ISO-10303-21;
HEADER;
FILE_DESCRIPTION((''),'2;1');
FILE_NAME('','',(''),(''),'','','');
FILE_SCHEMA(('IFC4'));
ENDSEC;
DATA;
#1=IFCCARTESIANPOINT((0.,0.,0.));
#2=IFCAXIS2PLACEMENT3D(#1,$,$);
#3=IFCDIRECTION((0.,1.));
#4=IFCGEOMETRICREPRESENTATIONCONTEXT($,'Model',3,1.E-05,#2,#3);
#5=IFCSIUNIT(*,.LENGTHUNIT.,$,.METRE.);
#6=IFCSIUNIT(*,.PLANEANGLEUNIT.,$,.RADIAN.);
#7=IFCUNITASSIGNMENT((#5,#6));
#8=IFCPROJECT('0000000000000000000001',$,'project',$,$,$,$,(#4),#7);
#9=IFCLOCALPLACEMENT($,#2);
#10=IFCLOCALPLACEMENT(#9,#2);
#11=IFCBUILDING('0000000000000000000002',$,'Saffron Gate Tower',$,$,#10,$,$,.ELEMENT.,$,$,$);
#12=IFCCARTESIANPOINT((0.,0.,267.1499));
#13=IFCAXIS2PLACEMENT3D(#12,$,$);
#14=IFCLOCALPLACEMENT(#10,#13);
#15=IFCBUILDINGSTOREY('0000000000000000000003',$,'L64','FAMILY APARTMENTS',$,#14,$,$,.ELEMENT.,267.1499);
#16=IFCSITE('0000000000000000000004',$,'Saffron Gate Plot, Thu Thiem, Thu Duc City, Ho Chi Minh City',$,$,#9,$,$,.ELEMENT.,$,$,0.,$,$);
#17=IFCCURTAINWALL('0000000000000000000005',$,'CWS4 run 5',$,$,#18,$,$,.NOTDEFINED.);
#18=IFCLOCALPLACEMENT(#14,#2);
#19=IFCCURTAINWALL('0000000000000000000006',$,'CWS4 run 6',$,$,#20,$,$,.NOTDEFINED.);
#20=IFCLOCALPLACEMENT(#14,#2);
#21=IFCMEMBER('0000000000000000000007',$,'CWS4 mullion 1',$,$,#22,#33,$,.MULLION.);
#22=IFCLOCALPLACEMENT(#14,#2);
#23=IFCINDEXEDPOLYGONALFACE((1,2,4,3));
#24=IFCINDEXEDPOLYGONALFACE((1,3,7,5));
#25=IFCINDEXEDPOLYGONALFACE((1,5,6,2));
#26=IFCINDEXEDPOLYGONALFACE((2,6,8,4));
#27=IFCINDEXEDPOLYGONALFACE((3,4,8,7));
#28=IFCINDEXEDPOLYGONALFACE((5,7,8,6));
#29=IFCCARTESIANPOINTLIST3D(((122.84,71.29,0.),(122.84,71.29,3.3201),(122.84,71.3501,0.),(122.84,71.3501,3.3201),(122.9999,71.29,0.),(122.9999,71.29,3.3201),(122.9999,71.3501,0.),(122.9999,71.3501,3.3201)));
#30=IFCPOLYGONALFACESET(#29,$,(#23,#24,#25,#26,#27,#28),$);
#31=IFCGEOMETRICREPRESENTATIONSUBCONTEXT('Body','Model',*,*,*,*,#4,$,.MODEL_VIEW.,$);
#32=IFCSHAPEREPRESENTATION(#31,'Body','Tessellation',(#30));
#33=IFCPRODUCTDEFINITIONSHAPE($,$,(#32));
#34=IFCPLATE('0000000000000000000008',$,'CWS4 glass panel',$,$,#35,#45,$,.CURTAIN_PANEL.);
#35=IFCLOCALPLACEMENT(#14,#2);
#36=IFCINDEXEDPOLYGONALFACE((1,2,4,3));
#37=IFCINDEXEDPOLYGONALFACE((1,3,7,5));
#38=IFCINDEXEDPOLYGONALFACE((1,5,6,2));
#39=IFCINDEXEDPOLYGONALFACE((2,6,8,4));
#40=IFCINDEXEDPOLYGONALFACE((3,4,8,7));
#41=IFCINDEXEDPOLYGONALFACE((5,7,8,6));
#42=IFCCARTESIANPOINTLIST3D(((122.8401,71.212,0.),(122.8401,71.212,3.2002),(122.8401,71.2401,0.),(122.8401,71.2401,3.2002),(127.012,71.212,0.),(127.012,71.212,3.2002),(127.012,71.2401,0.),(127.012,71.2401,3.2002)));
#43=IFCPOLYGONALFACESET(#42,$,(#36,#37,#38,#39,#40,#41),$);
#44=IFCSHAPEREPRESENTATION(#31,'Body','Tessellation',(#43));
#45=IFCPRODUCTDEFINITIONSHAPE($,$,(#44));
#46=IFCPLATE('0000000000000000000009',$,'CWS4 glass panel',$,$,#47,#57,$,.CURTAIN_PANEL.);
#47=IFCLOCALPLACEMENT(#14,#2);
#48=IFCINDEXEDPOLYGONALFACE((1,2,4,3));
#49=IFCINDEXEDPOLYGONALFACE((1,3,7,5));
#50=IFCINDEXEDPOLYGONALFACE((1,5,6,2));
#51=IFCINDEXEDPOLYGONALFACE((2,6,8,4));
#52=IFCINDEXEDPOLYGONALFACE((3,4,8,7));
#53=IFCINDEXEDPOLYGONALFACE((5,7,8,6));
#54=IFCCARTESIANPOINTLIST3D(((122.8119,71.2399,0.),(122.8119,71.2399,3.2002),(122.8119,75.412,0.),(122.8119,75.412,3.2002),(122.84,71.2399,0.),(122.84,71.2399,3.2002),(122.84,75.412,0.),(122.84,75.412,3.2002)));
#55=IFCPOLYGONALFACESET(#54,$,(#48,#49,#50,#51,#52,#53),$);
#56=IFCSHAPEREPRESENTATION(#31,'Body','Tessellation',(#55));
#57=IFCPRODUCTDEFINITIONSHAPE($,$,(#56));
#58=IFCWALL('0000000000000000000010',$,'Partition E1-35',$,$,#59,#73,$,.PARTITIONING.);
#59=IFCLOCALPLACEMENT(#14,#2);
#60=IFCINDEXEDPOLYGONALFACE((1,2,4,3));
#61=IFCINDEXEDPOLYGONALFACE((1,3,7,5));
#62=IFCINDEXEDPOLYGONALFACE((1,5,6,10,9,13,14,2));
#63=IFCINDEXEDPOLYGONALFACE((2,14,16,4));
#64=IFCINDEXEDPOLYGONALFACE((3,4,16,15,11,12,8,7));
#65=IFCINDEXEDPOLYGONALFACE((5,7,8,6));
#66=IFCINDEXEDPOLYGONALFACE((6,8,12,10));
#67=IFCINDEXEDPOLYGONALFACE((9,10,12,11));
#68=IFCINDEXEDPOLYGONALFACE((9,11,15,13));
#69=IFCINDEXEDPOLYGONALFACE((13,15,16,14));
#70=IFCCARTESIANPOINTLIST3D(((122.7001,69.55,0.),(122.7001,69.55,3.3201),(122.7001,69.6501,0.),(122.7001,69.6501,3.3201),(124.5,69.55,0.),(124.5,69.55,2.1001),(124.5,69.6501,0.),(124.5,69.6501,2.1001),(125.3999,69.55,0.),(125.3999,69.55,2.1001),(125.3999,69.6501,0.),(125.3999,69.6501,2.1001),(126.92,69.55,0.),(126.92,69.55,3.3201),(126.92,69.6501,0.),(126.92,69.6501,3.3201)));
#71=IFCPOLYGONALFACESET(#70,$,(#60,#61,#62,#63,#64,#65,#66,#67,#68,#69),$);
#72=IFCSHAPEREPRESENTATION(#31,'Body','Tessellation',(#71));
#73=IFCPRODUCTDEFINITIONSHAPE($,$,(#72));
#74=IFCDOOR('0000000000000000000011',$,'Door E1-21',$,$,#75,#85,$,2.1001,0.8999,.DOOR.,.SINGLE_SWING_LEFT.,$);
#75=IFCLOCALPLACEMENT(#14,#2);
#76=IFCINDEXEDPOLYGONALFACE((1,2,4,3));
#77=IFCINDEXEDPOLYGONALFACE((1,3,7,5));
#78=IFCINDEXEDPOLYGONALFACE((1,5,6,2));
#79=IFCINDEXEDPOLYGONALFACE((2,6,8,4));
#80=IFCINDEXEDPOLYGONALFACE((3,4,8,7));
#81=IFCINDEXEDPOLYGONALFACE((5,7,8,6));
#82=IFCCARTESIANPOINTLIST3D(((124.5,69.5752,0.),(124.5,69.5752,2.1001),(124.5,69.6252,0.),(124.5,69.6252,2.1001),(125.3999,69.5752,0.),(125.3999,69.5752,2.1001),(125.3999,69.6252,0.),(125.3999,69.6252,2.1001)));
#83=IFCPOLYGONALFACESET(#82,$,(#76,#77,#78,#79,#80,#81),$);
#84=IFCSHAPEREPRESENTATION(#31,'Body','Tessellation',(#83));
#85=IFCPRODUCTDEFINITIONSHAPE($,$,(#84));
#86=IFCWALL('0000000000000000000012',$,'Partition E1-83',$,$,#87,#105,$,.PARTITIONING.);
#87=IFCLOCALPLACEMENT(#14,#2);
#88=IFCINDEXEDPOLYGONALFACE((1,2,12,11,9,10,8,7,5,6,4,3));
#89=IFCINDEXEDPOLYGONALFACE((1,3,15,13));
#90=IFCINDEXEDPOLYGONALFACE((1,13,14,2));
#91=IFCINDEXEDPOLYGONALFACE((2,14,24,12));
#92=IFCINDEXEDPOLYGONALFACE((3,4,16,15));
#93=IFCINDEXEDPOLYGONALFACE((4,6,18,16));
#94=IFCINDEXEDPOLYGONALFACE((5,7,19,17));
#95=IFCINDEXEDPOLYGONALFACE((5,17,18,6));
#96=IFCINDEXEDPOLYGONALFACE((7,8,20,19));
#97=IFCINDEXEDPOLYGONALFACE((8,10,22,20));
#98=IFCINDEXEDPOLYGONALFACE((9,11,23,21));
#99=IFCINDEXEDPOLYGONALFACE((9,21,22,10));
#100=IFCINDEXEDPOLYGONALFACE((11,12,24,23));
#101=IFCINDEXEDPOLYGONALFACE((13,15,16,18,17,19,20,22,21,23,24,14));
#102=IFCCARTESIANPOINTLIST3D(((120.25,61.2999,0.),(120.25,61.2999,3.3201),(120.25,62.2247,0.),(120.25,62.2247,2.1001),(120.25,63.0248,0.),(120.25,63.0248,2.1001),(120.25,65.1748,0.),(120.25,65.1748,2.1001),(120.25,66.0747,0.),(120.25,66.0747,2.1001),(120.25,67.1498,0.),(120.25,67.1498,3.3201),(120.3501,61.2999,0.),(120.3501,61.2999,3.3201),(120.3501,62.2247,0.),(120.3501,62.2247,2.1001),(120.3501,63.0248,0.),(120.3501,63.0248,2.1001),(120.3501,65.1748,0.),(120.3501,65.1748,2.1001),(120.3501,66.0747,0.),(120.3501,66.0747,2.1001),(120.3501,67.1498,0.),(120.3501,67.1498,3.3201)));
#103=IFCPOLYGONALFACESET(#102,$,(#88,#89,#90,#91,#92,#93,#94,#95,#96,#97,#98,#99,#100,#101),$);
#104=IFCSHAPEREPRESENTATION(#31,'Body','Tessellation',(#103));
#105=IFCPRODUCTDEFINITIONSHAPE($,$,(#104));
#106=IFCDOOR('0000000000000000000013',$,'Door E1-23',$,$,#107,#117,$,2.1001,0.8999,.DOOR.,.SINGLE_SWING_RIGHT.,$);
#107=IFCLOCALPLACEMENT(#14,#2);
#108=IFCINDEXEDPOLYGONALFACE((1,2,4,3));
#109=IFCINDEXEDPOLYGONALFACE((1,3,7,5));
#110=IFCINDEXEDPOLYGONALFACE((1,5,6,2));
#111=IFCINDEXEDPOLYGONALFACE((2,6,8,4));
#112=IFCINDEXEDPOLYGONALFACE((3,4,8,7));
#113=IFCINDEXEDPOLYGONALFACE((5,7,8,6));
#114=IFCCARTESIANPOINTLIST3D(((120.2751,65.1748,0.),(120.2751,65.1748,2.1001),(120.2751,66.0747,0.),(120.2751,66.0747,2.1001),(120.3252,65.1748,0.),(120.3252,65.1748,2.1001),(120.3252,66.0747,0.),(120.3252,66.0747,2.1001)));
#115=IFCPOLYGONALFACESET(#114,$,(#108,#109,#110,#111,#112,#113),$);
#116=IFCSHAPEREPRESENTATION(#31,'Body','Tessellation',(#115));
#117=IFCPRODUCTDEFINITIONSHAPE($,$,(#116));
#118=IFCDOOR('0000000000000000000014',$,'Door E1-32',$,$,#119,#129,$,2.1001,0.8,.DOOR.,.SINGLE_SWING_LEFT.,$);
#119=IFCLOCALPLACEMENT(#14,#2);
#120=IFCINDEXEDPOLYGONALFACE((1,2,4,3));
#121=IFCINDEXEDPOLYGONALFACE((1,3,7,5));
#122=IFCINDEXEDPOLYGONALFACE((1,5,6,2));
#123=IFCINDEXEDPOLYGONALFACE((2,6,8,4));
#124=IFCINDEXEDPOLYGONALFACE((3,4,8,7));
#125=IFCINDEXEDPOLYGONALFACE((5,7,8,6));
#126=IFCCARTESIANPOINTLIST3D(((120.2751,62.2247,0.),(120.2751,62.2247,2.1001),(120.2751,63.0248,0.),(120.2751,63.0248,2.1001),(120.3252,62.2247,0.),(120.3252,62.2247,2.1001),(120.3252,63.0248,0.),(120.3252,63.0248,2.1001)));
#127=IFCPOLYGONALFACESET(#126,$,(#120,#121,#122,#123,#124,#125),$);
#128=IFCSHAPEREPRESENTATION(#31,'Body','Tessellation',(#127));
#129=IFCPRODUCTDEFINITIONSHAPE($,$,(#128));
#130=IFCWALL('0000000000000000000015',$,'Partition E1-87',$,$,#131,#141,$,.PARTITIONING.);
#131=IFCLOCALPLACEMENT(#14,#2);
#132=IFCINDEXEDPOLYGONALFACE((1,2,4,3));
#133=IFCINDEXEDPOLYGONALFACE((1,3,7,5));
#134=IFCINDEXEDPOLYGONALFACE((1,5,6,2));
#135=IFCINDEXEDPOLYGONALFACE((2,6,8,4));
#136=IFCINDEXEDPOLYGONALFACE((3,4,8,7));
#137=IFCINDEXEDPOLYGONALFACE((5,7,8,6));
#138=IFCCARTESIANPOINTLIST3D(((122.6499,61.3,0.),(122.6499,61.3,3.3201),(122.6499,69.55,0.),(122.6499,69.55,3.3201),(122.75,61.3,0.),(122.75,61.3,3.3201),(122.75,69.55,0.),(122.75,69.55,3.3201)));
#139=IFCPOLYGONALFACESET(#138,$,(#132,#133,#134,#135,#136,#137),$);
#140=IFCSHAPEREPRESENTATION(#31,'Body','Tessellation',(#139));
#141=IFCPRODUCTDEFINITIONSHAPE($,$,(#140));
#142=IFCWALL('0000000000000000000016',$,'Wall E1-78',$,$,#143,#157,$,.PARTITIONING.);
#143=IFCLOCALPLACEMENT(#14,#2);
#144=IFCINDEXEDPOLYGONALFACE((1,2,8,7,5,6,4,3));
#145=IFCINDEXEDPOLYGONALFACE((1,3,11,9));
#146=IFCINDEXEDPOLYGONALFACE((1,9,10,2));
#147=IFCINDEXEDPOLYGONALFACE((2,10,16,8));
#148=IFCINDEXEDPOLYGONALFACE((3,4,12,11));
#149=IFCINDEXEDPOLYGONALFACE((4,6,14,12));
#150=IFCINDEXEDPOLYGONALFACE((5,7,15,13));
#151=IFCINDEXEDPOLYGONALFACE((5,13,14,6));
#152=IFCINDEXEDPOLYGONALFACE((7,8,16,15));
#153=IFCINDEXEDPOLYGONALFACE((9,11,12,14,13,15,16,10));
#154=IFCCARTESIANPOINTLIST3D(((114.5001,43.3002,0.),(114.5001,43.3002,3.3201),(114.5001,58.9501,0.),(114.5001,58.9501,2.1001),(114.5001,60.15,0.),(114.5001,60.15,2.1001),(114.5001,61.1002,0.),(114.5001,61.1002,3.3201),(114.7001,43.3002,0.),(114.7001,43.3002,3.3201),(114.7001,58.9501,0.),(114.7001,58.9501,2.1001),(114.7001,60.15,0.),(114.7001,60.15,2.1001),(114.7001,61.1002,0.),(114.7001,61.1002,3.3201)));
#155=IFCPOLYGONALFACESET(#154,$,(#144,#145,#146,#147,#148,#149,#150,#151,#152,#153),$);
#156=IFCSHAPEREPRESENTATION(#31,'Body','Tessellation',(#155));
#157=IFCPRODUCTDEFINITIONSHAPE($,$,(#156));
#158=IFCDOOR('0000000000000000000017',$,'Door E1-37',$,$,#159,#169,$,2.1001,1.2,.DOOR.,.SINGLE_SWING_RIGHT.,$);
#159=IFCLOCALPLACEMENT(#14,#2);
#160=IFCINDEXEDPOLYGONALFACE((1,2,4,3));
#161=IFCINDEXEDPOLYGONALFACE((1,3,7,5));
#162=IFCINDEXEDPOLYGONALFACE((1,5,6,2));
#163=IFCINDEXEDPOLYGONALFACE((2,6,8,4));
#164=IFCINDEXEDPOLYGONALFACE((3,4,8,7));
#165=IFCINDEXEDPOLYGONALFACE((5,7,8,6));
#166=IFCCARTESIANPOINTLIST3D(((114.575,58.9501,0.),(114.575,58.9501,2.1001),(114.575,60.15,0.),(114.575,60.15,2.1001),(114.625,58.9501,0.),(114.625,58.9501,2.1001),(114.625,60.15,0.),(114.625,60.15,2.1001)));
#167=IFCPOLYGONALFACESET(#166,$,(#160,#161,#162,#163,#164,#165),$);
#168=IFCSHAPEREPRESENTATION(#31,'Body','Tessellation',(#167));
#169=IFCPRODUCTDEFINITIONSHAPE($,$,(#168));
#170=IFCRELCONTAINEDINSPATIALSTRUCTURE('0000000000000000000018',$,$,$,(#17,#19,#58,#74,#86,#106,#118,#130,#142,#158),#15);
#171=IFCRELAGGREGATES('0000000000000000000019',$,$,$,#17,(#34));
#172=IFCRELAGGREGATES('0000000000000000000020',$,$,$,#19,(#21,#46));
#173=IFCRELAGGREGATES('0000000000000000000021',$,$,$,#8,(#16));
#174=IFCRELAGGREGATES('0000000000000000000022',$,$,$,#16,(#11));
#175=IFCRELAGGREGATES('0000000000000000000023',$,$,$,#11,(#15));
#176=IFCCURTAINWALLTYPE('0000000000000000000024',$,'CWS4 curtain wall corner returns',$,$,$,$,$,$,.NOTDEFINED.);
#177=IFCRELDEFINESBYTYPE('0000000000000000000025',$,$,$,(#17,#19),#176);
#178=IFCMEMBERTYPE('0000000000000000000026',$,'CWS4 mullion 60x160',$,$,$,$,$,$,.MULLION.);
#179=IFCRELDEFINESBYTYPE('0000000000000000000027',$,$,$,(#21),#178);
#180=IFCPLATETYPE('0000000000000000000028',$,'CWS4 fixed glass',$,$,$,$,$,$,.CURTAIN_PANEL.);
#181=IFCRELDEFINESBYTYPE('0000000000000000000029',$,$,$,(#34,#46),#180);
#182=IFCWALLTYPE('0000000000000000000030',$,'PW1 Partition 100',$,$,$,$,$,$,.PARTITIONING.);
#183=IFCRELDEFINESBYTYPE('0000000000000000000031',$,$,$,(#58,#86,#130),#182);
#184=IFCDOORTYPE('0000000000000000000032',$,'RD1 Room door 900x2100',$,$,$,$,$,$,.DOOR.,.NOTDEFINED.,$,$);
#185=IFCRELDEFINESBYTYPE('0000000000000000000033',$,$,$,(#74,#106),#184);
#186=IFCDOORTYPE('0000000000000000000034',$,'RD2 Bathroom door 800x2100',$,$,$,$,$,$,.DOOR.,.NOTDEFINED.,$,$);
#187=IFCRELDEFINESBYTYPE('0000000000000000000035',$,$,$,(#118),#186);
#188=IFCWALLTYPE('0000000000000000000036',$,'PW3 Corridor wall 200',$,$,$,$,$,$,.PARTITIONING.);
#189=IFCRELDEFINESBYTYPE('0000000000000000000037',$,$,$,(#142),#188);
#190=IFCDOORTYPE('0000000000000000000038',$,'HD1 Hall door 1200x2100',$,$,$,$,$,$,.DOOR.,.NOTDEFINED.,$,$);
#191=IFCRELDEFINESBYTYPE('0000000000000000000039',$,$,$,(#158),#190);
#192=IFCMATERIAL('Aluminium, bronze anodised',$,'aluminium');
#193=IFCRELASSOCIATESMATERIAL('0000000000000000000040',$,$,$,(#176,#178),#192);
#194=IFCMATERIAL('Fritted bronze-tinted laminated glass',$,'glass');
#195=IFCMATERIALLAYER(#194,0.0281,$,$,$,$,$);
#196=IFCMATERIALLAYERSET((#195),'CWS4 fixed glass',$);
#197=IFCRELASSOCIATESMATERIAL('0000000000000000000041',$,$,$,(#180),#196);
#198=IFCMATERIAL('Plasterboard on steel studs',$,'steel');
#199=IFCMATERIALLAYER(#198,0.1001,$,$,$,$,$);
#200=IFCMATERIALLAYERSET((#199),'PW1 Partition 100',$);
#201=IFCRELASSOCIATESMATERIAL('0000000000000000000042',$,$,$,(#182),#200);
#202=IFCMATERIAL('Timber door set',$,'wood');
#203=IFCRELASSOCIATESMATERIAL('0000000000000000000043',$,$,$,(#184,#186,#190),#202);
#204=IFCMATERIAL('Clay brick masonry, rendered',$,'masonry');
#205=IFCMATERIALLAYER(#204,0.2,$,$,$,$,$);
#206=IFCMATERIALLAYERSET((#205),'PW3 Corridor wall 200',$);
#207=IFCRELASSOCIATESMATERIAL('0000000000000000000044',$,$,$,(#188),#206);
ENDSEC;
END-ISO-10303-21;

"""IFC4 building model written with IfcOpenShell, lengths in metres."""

from ifc_helpers import new_model, si_unit, direction, frame, frame_2d, origin, origin_2d, place, context, subcontext, project, spatial, rectangle, extrude, material, layer, layer_set, material_profile, profile_set, type_object, element, fill, aggregate, save


model = new_model("IFC4")

# Units and contexts
model_context = context("Model", 3, precision=1e-05, world=origin(), true_north=direction((0.0, 1.0)))
body_context = subcontext(model_context, "Body", "Model", "MODEL_VIEW")
ifc_project = project(units=[si_unit("LENGTHUNIT", "METRE"), si_unit("PLANEANGLEUNIT", "RADIAN")], contexts=[model_context])

# Site, building, storey
site_placement = place(None, origin())
site = spatial("IfcSite", under=ifc_project, at=site_placement, Name="Saffron Gate Plot, Thu Thiem, Thu Duc City, Ho Chi Minh City", CompositionType="ELEMENT", RefElevation=0.0)
building_placement = place(site_placement, origin())
building = spatial("IfcBuilding", under=site, at=building_placement, Name="Saffron Gate Tower", CompositionType="ELEMENT")
storey_placement = place(building_placement, frame((0.0, 0.0, 267.1499)))
storey = spatial("IfcBuildingStorey", under=building, at=storey_placement, Name="L64", Description="FAMILY APARTMENTS", CompositionType="ELEMENT", Elevation=267.1499)

# Curtain walls
ifc_material_1 = material(Name="Aluminium, bronze anodised", Category="aluminium")
curtain_wall_type_1 = type_object("IfcCurtainWallType", Name="CWS4 curtain wall corner returns", PredefinedType="NOTDEFINED", material=ifc_material_1)
curtain_wall_1_placement = place(storey_placement, origin())
curtain_wall_1 = element("IfcCurtainWall", 1, at=curtain_wall_1_placement, inside=storey, type_object=curtain_wall_type_1, Name="CWS4 run 5", PredefinedType="NOTDEFINED")
curtain_wall_2_placement = place(storey_placement, origin())
curtain_wall_2 = element("IfcCurtainWall", 2, at=curtain_wall_2_placement, inside=storey, type_object=curtain_wall_type_1, Name="CWS4 run 6", PredefinedType="NOTDEFINED")

# Member
ifc_material_profile_1 = material_profile(ifc_material_1, rectangle(XDim=0.1599, YDim=0.0601, at=origin_2d()))
ifc_profile_set_1 = profile_set([ifc_material_profile_1], Name="Aluminium, bronze anodised")
member_type_1 = type_object("IfcMemberType", Name="CWS4 mullion 60x160", PredefinedType="MULLION", material=ifc_profile_set_1)
member_1_placement = place(storey_placement, frame((122.9199, 71.3201, 0.0), z_axis=(0.0, 0.0, 1.0), x_axis=(-1.0, 0.0, 0.0)))
member_1 = element("IfcMember", 3, at=member_1_placement, type_object=member_type_1, Name="CWS4 mullion 1", PredefinedType="MULLION", context=body_context, shape_type="SweptSolid", body=[
    extrude(rectangle(XDim=0.1599, YDim=0.0601, at=origin_2d()), origin(), (0.0, 0.0, 1.0), 3.3201),
])

# Plates
ifc_material_2 = material(Name="Fritted bronze-tinted laminated glass", Category="glass")
ifc_layer_1 = layer(ifc_material_2, 0.0281)
ifc_layer_set_1 = layer_set([ifc_layer_1], Name="CWS4 fixed glass")
plate_type = type_object("IfcPlateType", Name="CWS4 fixed glass", PredefinedType="CURTAIN_PANEL", material=ifc_layer_set_1)
plate_1_placement = place(storey_placement, frame((127.012, 71.2261, 0.0), z_axis=(0.0, 0.0, 1.0), x_axis=(-1.0, 0.0, 0.0)))
plate_1 = element("IfcPlate", 4, at=plate_1_placement, type_object=plate_type, Name="CWS4 glass panel", PredefinedType="CURTAIN_PANEL", context=body_context, shape_type="SweptSolid", body=[
    extrude(rectangle(XDim=4.1719, YDim=0.0281, at=frame_2d((2.0859, 0.0))), origin(), (0.0, 0.0, 1.0), 3.2002),
])
aggregate(curtain_wall_1, [plate_1])
plate_2_placement = place(storey_placement, frame((122.8259, 71.24, 0.0), z_axis=(0.0, 0.0, 1.0), x_axis=(0.0, 1.0, 0.0)))
plate_2 = element("IfcPlate", 5, at=plate_2_placement, type_object=plate_type, Name="CWS4 glass panel", PredefinedType="CURTAIN_PANEL", context=body_context, shape_type="SweptSolid", body=[
    extrude(rectangle(XDim=4.1721, YDim=0.0281, at=frame_2d((2.0859, 0.0))), origin(), (0.0, 0.0, 1.0), 3.2002),
])
aggregate(curtain_wall_2, [member_1, plate_2])

# Wall, opening, door
ifc_material_3 = material(Name="Plasterboard on steel studs", Category="steel")
ifc_layer_2 = layer(ifc_material_3, 0.1001)
ifc_layer_set_2 = layer_set([ifc_layer_2], Name="PW1 Partition 100")
wall_type_1 = type_object("IfcWallType", Name="PW1 Partition 100", PredefinedType="PARTITIONING", material=ifc_layer_set_2)
wall_1_placement = place(storey_placement, frame((126.9199, 69.6001, 0.0), z_axis=(0.0, 0.0, 1.0), x_axis=(-1.0, 0.0, 0.0)))
wall_1 = element("IfcWall", 6, at=wall_1_placement, inside=storey, type_object=wall_type_1, Name="Partition E1-35", PredefinedType="PARTITIONING", context=body_context, shape_type="SweptSolid", body=[
    extrude(rectangle(XDim=4.22, YDim=0.1001, at=frame_2d((2.1099, 0.0))), origin(), (0.0, 0.0, 1.0), 3.3201),
])
opening_1_placement = place(wall_1_placement, frame((1.52, 0.0, 0.0)))
opening_1 = element("IfcOpeningElement", 7, at=opening_1_placement, cuts=wall_1, PredefinedType="OPENING", context=body_context, shape_type="SweptSolid", body=[
    extrude(rectangle(XDim=0.8999, YDim=2.1001, at=frame_2d((0.45, 1.05))), frame((0.0, 0.0601, 0.0), z_axis=(0.0, -1.0, 0.0), x_axis=(1.0, 0.0, 0.0)), (0.0, 0.0, 1.0), 0.1201),
])
ifc_material_4 = material(Name="Timber door set", Category="wood")
door_type_1 = type_object("IfcDoorType", Name="RD1 Room door 900x2100", OperationType="NOTDEFINED", PredefinedType="DOOR", material=ifc_material_4)
door_1_placement = place(opening_1_placement, origin())
door_1 = element("IfcDoor", 8, at=door_1_placement, inside=storey, type_object=door_type_1, Name="Door E1-21", OperationType="SINGLE_SWING_LEFT", OverallHeight=2.1001, OverallWidth=0.8999, PredefinedType="DOOR", context=body_context, shape_type="SweptSolid", body=[
    extrude(rectangle(XDim=0.8999, YDim=2.1001, at=frame_2d((0.45, 1.05))), frame((0.0, 0.0249, 0.0), z_axis=(0.0, -1.0, 0.0), x_axis=(1.0, 0.0, 0.0)), (0.0, 0.0, 1.0), 0.05),
])
fill(opening_1, door_1)

# Wall, openings, doors
wall_2_placement = place(storey_placement, frame((120.3, 61.3, 0.0), z_axis=(0.0, 0.0, 1.0), x_axis=(0.0, 1.0, 0.0)))
wall_2 = element("IfcWall", 9, at=wall_2_placement, inside=storey, type_object=wall_type_1, Name="Partition E1-83", PredefinedType="PARTITIONING", context=body_context, shape_type="SweptSolid", body=[
    extrude(rectangle(XDim=5.8499, YDim=0.1001, at=frame_2d((2.9248, 0.0))), origin(), (0.0, 0.0, 1.0), 3.3201),
])
opening_2_placement = place(wall_2_placement, frame((0.9248, 0.0, 0.0)))
opening_2 = element("IfcOpeningElement", 10, at=opening_2_placement, cuts=wall_2, PredefinedType="OPENING", context=body_context, shape_type="SweptSolid", body=[
    extrude(rectangle(XDim=0.8, YDim=2.1001, at=frame_2d((0.3999, 1.05))), frame((0.0, 0.0601, 0.0), z_axis=(0.0, -1.0, 0.0), x_axis=(1.0, 0.0, 0.0)), (0.0, 0.0, 1.0), 0.1201),
])
opening_3_placement = place(wall_2_placement, frame((3.8748, 0.0, 0.0)))
opening_3 = element("IfcOpeningElement", 11, at=opening_3_placement, cuts=wall_2, PredefinedType="OPENING", context=body_context, shape_type="SweptSolid", body=[
    extrude(rectangle(XDim=0.8999, YDim=2.1001, at=frame_2d((0.45, 1.05))), frame((0.0, 0.0601, 0.0), z_axis=(0.0, -1.0, 0.0), x_axis=(1.0, 0.0, 0.0)), (0.0, 0.0, 1.0), 0.1201),
])
door_2_placement = place(opening_3_placement, origin())
door_2 = element("IfcDoor", 12, at=door_2_placement, inside=storey, type_object=door_type_1, Name="Door E1-23", OperationType="SINGLE_SWING_RIGHT", OverallHeight=2.1001, OverallWidth=0.8999, PredefinedType="DOOR", context=body_context, shape_type="SweptSolid", body=[
    extrude(rectangle(XDim=0.8999, YDim=2.1001, at=frame_2d((0.45, 1.05))), frame((0.0, 0.0249, 0.0), z_axis=(0.0, -1.0, 0.0), x_axis=(1.0, 0.0, 0.0)), (0.0, 0.0, 1.0), 0.05),
])
fill(opening_3, door_2)
door_type_2 = type_object("IfcDoorType", Name="RD2 Bathroom door 800x2100", OperationType="NOTDEFINED", PredefinedType="DOOR", material=ifc_material_4)
door_3_placement = place(opening_2_placement, origin())
door_3 = element("IfcDoor", 13, at=door_3_placement, inside=storey, type_object=door_type_2, Name="Door E1-32", OperationType="SINGLE_SWING_LEFT", OverallHeight=2.1001, OverallWidth=0.8, PredefinedType="DOOR", context=body_context, shape_type="SweptSolid", body=[
    extrude(rectangle(XDim=0.8, YDim=2.1001, at=frame_2d((0.3999, 1.05))), frame((0.0, 0.0249, 0.0), z_axis=(0.0, -1.0, 0.0), x_axis=(1.0, 0.0, 0.0)), (0.0, 0.0, 1.0), 0.05),
])
fill(opening_2, door_3)

# Wall
wall_3_placement = place(storey_placement, frame((122.7, 69.55, 0.0), z_axis=(0.0, 0.0, 1.0), x_axis=(0.0, -1.0, 0.0)))
element("IfcWall", 14, at=wall_3_placement, inside=storey, type_object=wall_type_1, Name="Partition E1-87", PredefinedType="PARTITIONING", context=body_context, shape_type="SweptSolid", body=[
    extrude(rectangle(XDim=8.25, YDim=0.1001, at=frame_2d((4.125, 0.0))), origin(), (0.0, 0.0, 1.0), 3.3201),
])

# Wall, opening, door
ifc_material_5 = material(Name="Clay brick masonry, rendered", Category="masonry")
ifc_layer_3 = layer(ifc_material_5, 0.2)
ifc_layer_set_3 = layer_set([ifc_layer_3], Name="PW3 Corridor wall 200")
wall_type_2 = type_object("IfcWallType", Name="PW3 Corridor wall 200", PredefinedType="PARTITIONING", material=ifc_layer_set_3)
wall_4_placement = place(storey_placement, frame((114.6001, 61.1001, 0.0), z_axis=(0.0, 0.0, 1.0), x_axis=(0.0, -1.0, 0.0)))
wall_4 = element("IfcWall", 15, at=wall_4_placement, inside=storey, type_object=wall_type_2, Name="Wall E1-78", PredefinedType="PARTITIONING", context=body_context, shape_type="SweptSolid", body=[
    extrude(rectangle(XDim=17.8, YDim=0.2, at=frame_2d((8.8999, 0.0))), origin(), (0.0, 0.0, 1.0), 3.3201),
])
opening_4_placement = place(wall_4_placement, frame((0.95, 0.0, 0.0)))
opening_4 = element("IfcOpeningElement", 16, at=opening_4_placement, cuts=wall_4, PredefinedType="OPENING", context=body_context, shape_type="SweptSolid", body=[
    extrude(rectangle(XDim=1.2, YDim=2.1001, at=frame_2d((0.6001, 1.05))), frame((0.0, 0.1099, 0.0), z_axis=(0.0, -1.0, 0.0), x_axis=(1.0, 0.0, 0.0)), (0.0, 0.0, 1.0), 0.22),
])
door_type_3 = type_object("IfcDoorType", Name="HD1 Hall door 1200x2100", OperationType="NOTDEFINED", PredefinedType="DOOR", material=ifc_material_4)
door_4_placement = place(opening_4_placement, origin())
door_4 = element("IfcDoor", 17, at=door_4_placement, inside=storey, type_object=door_type_3, Name="Door E1-37", OperationType="SINGLE_SWING_RIGHT", OverallHeight=2.1001, OverallWidth=1.2, PredefinedType="DOOR", context=body_context, shape_type="SweptSolid", body=[
    extrude(rectangle(XDim=1.2, YDim=2.1001, at=frame_2d((0.6001, 1.05))), frame((0.0, 0.0249, 0.0), z_axis=(0.0, -1.0, 0.0), x_axis=(1.0, 0.0, 0.0)), (0.0, 0.0, 1.0), 0.05),
])
fill(opening_4, door_4)

save(model, "model.ifc")
